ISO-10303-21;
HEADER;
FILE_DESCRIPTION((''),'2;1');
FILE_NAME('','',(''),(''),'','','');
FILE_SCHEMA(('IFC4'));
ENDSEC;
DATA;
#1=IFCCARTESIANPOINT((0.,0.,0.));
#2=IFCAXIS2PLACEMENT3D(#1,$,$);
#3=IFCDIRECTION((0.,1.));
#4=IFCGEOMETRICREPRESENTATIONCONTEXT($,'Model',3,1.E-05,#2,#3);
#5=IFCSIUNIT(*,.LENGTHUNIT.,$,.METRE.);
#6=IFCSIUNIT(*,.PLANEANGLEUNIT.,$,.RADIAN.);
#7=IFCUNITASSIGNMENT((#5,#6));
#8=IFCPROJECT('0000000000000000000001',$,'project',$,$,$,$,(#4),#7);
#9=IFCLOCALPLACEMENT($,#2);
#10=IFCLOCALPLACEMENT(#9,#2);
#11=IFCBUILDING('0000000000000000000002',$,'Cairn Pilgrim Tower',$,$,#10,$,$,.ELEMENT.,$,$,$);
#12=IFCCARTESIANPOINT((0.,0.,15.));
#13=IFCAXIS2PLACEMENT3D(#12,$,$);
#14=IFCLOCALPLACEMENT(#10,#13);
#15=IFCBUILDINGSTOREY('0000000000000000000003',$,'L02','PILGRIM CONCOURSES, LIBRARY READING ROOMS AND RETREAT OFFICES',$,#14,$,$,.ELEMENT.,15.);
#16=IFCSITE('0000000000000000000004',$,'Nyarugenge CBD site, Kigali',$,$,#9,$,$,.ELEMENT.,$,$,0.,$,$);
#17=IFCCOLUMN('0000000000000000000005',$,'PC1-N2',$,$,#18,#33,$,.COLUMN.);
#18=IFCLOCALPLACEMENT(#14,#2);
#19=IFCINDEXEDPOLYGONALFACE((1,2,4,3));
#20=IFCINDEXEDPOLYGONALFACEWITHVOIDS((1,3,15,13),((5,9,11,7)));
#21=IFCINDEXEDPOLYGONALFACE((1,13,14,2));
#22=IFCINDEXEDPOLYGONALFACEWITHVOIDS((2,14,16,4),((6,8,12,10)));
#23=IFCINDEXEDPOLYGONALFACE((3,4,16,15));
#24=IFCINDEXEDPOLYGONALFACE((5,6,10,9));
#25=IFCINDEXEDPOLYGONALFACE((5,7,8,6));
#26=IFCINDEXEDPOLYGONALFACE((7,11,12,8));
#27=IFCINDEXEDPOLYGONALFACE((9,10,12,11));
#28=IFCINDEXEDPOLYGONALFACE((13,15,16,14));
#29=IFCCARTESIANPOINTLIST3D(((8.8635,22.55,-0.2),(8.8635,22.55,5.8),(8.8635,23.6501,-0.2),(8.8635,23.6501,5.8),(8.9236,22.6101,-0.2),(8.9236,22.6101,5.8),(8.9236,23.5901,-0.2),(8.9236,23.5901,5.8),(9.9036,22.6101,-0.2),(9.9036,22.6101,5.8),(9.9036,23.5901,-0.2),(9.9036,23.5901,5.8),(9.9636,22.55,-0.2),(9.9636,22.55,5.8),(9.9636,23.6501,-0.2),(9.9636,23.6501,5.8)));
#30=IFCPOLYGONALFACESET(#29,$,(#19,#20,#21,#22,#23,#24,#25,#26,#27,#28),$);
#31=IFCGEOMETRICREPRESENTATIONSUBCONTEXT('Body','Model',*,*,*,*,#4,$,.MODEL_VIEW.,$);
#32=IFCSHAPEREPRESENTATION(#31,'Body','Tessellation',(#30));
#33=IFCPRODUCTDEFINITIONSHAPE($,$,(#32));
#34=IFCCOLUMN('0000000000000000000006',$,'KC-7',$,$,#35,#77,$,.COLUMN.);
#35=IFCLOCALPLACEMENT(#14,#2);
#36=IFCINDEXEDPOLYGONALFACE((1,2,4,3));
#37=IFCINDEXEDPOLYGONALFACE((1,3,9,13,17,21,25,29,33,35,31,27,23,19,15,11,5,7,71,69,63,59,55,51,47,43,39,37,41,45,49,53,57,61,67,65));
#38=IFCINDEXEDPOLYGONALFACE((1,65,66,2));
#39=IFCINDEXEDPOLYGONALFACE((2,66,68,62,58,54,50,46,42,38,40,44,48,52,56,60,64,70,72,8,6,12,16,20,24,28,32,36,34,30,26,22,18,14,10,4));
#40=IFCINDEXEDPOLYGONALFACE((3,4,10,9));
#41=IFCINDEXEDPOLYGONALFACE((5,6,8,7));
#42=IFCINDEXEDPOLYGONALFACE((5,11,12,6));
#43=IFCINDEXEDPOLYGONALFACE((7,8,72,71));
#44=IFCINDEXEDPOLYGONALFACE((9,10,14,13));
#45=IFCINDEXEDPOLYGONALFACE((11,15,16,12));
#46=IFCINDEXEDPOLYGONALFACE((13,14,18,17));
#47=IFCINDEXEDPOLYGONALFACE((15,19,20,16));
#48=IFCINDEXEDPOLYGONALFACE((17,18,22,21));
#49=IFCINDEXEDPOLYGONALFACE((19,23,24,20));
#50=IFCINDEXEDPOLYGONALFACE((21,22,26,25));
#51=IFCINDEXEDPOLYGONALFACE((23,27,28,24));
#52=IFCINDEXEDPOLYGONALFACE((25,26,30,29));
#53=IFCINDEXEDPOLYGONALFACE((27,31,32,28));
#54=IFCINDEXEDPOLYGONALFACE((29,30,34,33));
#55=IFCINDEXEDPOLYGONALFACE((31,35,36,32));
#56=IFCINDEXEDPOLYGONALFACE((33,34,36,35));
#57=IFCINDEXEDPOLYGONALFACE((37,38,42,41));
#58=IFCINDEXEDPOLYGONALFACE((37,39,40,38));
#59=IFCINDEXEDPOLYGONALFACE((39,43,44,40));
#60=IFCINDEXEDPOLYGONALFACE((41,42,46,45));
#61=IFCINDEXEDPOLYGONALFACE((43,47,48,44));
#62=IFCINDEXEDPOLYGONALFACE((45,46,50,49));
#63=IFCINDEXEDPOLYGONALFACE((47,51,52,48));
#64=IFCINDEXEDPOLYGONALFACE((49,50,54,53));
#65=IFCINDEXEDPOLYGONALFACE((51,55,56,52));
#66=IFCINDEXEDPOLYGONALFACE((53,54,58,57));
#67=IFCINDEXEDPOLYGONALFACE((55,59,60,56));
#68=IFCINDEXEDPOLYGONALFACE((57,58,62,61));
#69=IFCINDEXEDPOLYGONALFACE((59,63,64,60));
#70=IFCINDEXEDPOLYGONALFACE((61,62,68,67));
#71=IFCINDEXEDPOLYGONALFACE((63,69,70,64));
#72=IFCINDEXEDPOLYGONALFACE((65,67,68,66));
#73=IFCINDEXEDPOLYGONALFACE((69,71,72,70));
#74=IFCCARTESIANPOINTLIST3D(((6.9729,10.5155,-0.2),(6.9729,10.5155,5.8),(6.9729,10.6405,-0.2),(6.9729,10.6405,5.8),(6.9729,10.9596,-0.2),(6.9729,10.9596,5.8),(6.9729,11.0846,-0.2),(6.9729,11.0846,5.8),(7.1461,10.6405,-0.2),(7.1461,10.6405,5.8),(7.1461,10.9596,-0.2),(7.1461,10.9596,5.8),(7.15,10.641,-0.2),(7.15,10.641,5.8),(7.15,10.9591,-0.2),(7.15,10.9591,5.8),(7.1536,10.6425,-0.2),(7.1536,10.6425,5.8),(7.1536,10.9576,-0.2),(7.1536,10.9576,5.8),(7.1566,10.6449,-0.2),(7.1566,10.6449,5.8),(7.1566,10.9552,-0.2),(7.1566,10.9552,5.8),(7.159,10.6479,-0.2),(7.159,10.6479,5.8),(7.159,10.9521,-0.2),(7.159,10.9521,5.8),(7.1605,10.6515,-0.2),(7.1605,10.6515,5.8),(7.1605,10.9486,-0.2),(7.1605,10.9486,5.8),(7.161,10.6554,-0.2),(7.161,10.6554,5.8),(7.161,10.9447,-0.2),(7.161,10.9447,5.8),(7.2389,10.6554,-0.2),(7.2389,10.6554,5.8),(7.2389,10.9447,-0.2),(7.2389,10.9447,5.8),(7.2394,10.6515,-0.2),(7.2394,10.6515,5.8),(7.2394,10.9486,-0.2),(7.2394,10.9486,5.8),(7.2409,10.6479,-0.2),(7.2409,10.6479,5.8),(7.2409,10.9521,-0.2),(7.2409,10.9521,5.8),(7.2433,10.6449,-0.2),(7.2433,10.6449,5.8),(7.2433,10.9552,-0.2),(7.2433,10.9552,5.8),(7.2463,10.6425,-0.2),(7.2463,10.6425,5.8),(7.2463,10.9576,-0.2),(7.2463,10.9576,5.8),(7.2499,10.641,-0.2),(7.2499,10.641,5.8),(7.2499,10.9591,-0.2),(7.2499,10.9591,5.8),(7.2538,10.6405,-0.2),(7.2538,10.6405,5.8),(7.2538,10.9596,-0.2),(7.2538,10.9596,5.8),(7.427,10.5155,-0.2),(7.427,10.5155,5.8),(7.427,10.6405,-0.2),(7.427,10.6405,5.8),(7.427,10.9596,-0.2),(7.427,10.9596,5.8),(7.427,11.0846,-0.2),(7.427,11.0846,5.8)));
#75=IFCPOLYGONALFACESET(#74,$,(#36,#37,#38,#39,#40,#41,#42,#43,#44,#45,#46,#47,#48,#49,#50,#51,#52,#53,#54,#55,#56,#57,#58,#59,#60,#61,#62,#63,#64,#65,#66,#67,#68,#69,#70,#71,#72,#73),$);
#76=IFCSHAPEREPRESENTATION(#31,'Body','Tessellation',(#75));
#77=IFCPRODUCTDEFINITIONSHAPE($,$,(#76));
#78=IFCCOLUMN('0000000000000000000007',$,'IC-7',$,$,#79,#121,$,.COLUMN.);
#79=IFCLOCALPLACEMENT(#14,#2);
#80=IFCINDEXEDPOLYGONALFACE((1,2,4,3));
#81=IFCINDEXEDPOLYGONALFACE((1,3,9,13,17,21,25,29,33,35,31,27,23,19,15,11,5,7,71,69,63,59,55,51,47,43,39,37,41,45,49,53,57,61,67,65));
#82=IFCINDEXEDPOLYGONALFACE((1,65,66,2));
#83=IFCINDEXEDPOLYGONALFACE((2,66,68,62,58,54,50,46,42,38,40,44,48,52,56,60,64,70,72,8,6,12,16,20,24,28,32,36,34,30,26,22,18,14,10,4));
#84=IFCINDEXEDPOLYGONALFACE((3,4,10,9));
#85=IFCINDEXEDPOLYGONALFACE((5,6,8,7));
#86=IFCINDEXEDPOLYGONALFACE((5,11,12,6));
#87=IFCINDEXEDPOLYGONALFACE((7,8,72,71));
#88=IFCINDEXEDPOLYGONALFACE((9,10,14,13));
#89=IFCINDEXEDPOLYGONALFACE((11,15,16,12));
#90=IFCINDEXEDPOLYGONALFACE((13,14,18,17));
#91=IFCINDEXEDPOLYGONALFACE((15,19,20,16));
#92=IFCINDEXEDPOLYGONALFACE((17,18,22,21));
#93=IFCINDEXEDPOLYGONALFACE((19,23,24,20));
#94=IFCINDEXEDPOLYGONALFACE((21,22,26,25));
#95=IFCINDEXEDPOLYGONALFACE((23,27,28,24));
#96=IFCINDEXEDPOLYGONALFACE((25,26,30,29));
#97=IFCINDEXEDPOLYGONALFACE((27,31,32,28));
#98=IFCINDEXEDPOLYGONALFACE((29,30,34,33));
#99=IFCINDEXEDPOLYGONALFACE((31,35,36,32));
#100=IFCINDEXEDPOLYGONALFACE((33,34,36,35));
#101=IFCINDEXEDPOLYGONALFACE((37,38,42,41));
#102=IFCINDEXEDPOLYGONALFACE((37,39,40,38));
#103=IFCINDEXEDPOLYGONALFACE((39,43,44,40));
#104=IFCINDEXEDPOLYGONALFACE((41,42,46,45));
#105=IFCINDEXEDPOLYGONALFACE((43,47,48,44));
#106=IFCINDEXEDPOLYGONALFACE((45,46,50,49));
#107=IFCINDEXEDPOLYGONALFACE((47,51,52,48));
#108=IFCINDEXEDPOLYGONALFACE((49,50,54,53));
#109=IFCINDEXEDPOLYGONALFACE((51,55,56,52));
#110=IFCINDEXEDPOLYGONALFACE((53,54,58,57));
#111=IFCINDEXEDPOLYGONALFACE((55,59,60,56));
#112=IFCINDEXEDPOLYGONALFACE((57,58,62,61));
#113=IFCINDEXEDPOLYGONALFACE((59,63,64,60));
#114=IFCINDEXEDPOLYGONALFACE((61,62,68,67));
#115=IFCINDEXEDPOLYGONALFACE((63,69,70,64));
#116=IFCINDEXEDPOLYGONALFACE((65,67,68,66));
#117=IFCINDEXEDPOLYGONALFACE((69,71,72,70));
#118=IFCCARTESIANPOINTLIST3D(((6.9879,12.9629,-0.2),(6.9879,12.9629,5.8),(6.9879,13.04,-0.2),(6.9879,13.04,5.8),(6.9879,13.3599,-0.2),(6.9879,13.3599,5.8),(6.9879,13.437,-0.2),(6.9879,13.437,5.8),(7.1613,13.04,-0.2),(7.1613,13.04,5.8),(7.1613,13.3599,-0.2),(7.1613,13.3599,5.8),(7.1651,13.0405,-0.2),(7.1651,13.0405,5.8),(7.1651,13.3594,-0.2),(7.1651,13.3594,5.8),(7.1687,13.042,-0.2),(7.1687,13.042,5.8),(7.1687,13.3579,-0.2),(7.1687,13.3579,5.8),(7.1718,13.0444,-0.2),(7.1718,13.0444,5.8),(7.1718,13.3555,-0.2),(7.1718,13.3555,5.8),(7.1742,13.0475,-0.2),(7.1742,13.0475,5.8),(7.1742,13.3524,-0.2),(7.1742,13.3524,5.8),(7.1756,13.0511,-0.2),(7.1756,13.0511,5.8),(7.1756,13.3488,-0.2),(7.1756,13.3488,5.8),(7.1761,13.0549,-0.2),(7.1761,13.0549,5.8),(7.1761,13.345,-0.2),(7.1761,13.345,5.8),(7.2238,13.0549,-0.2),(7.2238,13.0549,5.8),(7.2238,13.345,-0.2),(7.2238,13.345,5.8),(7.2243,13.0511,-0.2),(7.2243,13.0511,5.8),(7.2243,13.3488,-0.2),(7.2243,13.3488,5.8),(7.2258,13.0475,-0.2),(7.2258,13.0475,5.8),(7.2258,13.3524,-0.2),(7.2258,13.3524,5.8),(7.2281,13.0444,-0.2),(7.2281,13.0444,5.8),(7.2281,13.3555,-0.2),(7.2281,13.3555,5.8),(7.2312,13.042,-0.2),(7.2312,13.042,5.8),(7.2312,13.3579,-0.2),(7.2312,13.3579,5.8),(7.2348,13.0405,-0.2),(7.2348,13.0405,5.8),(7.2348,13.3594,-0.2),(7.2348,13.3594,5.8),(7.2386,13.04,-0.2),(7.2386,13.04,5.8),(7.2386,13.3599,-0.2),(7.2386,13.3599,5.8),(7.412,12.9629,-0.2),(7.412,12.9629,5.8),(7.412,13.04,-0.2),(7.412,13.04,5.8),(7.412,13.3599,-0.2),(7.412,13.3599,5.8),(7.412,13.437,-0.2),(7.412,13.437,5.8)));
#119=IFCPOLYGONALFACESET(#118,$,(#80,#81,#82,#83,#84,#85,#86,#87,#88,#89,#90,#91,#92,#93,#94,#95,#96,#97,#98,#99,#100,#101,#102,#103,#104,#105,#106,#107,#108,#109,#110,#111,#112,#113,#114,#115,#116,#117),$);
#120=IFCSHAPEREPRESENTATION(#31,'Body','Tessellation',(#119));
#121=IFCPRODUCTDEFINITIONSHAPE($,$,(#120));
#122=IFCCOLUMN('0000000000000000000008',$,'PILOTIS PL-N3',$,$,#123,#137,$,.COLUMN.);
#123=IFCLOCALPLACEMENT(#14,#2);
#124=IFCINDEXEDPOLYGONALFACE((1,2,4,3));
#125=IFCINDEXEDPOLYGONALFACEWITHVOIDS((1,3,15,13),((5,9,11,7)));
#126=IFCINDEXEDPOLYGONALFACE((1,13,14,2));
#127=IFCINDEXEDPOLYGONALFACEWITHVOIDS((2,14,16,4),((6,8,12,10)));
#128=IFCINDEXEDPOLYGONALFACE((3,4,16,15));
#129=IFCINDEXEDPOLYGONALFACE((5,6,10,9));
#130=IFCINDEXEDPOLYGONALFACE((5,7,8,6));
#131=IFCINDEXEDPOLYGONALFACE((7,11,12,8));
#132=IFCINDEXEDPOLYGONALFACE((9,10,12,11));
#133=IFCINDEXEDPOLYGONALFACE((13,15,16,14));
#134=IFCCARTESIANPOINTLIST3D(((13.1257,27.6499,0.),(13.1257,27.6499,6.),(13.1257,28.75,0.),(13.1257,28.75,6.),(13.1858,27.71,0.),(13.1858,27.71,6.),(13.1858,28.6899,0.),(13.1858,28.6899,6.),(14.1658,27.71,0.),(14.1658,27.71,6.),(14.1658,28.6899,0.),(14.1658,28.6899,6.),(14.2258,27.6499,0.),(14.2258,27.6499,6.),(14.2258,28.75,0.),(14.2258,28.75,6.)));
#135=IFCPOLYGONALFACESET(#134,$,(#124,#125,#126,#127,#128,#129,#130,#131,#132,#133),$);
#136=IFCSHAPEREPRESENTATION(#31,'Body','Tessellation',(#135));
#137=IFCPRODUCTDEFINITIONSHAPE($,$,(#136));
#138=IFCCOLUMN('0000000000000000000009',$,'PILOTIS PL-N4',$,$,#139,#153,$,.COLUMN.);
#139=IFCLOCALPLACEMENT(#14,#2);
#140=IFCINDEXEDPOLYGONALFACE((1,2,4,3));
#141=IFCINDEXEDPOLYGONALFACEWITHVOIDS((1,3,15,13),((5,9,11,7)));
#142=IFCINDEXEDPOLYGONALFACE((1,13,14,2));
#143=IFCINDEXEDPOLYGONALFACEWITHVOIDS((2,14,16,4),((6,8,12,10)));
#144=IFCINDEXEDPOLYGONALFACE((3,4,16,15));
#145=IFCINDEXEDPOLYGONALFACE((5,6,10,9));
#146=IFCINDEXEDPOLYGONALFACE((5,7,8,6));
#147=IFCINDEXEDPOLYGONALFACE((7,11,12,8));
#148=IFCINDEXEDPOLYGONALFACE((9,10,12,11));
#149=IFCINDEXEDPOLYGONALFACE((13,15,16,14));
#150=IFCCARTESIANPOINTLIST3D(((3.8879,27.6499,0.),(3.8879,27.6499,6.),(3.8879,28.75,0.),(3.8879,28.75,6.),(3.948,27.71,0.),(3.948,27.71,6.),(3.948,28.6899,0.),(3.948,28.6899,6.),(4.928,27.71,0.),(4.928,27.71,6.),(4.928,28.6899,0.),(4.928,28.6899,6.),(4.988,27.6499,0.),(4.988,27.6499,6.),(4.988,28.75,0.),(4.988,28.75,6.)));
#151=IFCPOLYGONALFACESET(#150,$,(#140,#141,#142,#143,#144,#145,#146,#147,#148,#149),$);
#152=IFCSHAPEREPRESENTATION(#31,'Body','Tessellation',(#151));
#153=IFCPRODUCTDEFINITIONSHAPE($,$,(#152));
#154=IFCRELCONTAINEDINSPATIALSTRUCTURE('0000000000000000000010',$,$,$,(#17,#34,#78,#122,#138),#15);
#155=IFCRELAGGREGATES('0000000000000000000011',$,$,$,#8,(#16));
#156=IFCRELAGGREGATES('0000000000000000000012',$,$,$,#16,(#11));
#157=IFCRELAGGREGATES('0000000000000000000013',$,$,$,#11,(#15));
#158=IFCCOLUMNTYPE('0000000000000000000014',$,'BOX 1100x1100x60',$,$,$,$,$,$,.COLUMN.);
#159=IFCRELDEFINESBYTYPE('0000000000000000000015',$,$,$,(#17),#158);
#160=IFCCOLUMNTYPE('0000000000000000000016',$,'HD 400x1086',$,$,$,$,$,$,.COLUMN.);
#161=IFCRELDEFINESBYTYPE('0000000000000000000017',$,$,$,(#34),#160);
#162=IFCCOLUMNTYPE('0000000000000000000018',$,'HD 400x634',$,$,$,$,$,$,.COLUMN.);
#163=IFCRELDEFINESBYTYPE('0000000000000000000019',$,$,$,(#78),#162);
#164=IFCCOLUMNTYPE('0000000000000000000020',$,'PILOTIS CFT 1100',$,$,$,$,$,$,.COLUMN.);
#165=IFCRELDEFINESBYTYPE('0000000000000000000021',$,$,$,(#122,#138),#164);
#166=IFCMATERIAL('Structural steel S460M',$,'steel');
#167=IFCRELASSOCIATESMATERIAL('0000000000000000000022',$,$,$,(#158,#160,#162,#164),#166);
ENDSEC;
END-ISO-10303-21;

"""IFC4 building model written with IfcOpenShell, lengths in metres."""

from ifc_helpers import new_model, si_unit, direction, frame, origin, origin_2d, place, context, subcontext, project, spatial, hollow_rectangle, i_section, extrude, material, material_profile, profile_set, type_object, element, save


model = new_model("IFC4")

# Units and contexts
model_context = context("Model", 3, precision=1e-05, world=origin(), true_north=direction((0.0, 1.0)))
body_context = subcontext(model_context, "Body", "Model", "MODEL_VIEW")
ifc_project = project(units=[si_unit("LENGTHUNIT", "METRE"), si_unit("PLANEANGLEUNIT", "RADIAN")], contexts=[model_context])

# Site, building, storey
site_placement = place(None, origin())
site = spatial("IfcSite", under=ifc_project, at=site_placement, Name="Nyarugenge CBD site, Kigali", CompositionType="ELEMENT", RefElevation=0.0)
building_placement = place(site_placement, origin())
building = spatial("IfcBuilding", under=site, at=building_placement, Name="Cairn Pilgrim Tower", CompositionType="ELEMENT")
storey_placement = place(building_placement, frame((0.0, 0.0, 15.0)))
storey = spatial("IfcBuildingStorey", under=building, at=storey_placement, Name="L02", Description="PILGRIM CONCOURSES, LIBRARY READING ROOMS AND RETREAT OFFICES", CompositionType="ELEMENT", Elevation=15.0)

# Columns
ifc_material_1 = material(Name="Structural steel S460M", Category="steel")
ifc_material_profile_1 = material_profile(ifc_material_1, hollow_rectangle(XDim=1.1001, YDim=1.1001, WallThickness=0.0601, at=origin_2d()), Name="BOX 1100x1100x60")
ifc_profile_set_1 = profile_set([ifc_material_profile_1], Name="Structural steel S460M")
column_type_1 = type_object("IfcColumnType", Name="BOX 1100x1100x60", PredefinedType="COLUMN", material=ifc_profile_set_1)
column_1_placement = place(storey_placement, frame((9.4136, 23.1001, -0.2), z_axis=(0.0, 0.0, 1.0), x_axis=(1.0, 0.0, 0.0)))
element("IfcColumn", 1, at=column_1_placement, inside=storey, type_object=column_type_1, Name="PC1-N2", PredefinedType="COLUMN", context=body_context, shape_type="SweptSolid", body=[
    extrude(hollow_rectangle(XDim=1.1001, YDim=1.1001, WallThickness=0.0601, at=origin_2d()), origin(), (0.0, 0.0, 1.0), 6.0),
])
ifc_material_profile_2 = material_profile(ifc_material_1, i_section(OverallWidth=0.4541, OverallDepth=0.5691, WebThickness=0.0779, FlangeThickness=0.125, FilletRadius=0.0149, at=origin_2d()), Name="HD 400x1086")
ifc_profile_set_2 = profile_set([ifc_material_profile_2], Name="Structural steel S460M")
column_type_2 = type_object("IfcColumnType", Name="HD 400x1086", PredefinedType="COLUMN", material=ifc_profile_set_2)
column_2_placement = place(storey_placement, frame((7.2, 10.8, -0.2), z_axis=(0.0, 0.0, 1.0), x_axis=(1.0, 0.0, 0.0)))
element("IfcColumn", 2, at=column_2_placement, inside=storey, type_object=column_type_2, Name="KC-7", PredefinedType="COLUMN", context=body_context, shape_type="SweptSolid", body=[
    extrude(i_section(OverallWidth=0.4541, OverallDepth=0.5691, WebThickness=0.0779, FlangeThickness=0.125, FilletRadius=0.0149, at=origin_2d()), origin(), (0.0, 0.0, 1.0), 6.0),
])
ifc_material_profile_3 = material_profile(ifc_material_1, i_section(OverallWidth=0.4241, OverallDepth=0.4741, WebThickness=0.0476, FlangeThickness=0.0771, FilletRadius=0.0149, at=origin_2d()), Name="HD 400x634")
ifc_profile_set_3 = profile_set([ifc_material_profile_3], Name="Structural steel S460M")
column_type_3 = type_object("IfcColumnType", Name="HD 400x634", PredefinedType="COLUMN", material=ifc_profile_set_3)
column_3_placement = place(storey_placement, frame((7.2, 13.2, -0.2), z_axis=(0.0, 0.0, 1.0), x_axis=(1.0, 0.0, 0.0)))
element("IfcColumn", 3, at=column_3_placement, inside=storey, type_object=column_type_3, Name="IC-7", PredefinedType="COLUMN", context=body_context, shape_type="SweptSolid", body=[
    extrude(i_section(OverallWidth=0.4241, OverallDepth=0.4741, WebThickness=0.0476, FlangeThickness=0.0771, FilletRadius=0.0149, at=origin_2d()), origin(), (0.0, 0.0, 1.0), 6.0),
])
ifc_material_profile_4 = material_profile(ifc_material_1, hollow_rectangle(XDim=1.1001, YDim=1.1001, WallThickness=0.0601, at=origin_2d()), Name="BOX 1100x1100x60")
ifc_profile_set_4 = profile_set([ifc_material_profile_4], Name="Structural steel S460M")
column_type_4 = type_object("IfcColumnType", Name="PILOTIS CFT 1100", PredefinedType="COLUMN", material=ifc_profile_set_4)
for number, where, z_axis, x_axis, name in (
    (4, (13.6758, 28.2, 0.0), (0.0, 0.0, 1.0), (1.0, 0.0, 0.0), "PILOTIS PL-N3"),
    (5, (4.438, 28.2, 0.0), (0.0, 0.0, 1.0), (1.0, 0.0, 0.0), "PILOTIS PL-N4"),
):
    element("IfcColumn", number, at=place(storey_placement, frame(where, z_axis=z_axis, x_axis=x_axis)), inside=storey, type_object=column_type_4, Name=name, PredefinedType="COLUMN", context=body_context, shape_type="SweptSolid", body=[
        extrude(hollow_rectangle(XDim=1.1001, YDim=1.1001, WallThickness=0.0601, at=origin_2d()), origin(), (0.0, 0.0, 1.0), 6.0),
    ])

save(model, "model.ifc")
